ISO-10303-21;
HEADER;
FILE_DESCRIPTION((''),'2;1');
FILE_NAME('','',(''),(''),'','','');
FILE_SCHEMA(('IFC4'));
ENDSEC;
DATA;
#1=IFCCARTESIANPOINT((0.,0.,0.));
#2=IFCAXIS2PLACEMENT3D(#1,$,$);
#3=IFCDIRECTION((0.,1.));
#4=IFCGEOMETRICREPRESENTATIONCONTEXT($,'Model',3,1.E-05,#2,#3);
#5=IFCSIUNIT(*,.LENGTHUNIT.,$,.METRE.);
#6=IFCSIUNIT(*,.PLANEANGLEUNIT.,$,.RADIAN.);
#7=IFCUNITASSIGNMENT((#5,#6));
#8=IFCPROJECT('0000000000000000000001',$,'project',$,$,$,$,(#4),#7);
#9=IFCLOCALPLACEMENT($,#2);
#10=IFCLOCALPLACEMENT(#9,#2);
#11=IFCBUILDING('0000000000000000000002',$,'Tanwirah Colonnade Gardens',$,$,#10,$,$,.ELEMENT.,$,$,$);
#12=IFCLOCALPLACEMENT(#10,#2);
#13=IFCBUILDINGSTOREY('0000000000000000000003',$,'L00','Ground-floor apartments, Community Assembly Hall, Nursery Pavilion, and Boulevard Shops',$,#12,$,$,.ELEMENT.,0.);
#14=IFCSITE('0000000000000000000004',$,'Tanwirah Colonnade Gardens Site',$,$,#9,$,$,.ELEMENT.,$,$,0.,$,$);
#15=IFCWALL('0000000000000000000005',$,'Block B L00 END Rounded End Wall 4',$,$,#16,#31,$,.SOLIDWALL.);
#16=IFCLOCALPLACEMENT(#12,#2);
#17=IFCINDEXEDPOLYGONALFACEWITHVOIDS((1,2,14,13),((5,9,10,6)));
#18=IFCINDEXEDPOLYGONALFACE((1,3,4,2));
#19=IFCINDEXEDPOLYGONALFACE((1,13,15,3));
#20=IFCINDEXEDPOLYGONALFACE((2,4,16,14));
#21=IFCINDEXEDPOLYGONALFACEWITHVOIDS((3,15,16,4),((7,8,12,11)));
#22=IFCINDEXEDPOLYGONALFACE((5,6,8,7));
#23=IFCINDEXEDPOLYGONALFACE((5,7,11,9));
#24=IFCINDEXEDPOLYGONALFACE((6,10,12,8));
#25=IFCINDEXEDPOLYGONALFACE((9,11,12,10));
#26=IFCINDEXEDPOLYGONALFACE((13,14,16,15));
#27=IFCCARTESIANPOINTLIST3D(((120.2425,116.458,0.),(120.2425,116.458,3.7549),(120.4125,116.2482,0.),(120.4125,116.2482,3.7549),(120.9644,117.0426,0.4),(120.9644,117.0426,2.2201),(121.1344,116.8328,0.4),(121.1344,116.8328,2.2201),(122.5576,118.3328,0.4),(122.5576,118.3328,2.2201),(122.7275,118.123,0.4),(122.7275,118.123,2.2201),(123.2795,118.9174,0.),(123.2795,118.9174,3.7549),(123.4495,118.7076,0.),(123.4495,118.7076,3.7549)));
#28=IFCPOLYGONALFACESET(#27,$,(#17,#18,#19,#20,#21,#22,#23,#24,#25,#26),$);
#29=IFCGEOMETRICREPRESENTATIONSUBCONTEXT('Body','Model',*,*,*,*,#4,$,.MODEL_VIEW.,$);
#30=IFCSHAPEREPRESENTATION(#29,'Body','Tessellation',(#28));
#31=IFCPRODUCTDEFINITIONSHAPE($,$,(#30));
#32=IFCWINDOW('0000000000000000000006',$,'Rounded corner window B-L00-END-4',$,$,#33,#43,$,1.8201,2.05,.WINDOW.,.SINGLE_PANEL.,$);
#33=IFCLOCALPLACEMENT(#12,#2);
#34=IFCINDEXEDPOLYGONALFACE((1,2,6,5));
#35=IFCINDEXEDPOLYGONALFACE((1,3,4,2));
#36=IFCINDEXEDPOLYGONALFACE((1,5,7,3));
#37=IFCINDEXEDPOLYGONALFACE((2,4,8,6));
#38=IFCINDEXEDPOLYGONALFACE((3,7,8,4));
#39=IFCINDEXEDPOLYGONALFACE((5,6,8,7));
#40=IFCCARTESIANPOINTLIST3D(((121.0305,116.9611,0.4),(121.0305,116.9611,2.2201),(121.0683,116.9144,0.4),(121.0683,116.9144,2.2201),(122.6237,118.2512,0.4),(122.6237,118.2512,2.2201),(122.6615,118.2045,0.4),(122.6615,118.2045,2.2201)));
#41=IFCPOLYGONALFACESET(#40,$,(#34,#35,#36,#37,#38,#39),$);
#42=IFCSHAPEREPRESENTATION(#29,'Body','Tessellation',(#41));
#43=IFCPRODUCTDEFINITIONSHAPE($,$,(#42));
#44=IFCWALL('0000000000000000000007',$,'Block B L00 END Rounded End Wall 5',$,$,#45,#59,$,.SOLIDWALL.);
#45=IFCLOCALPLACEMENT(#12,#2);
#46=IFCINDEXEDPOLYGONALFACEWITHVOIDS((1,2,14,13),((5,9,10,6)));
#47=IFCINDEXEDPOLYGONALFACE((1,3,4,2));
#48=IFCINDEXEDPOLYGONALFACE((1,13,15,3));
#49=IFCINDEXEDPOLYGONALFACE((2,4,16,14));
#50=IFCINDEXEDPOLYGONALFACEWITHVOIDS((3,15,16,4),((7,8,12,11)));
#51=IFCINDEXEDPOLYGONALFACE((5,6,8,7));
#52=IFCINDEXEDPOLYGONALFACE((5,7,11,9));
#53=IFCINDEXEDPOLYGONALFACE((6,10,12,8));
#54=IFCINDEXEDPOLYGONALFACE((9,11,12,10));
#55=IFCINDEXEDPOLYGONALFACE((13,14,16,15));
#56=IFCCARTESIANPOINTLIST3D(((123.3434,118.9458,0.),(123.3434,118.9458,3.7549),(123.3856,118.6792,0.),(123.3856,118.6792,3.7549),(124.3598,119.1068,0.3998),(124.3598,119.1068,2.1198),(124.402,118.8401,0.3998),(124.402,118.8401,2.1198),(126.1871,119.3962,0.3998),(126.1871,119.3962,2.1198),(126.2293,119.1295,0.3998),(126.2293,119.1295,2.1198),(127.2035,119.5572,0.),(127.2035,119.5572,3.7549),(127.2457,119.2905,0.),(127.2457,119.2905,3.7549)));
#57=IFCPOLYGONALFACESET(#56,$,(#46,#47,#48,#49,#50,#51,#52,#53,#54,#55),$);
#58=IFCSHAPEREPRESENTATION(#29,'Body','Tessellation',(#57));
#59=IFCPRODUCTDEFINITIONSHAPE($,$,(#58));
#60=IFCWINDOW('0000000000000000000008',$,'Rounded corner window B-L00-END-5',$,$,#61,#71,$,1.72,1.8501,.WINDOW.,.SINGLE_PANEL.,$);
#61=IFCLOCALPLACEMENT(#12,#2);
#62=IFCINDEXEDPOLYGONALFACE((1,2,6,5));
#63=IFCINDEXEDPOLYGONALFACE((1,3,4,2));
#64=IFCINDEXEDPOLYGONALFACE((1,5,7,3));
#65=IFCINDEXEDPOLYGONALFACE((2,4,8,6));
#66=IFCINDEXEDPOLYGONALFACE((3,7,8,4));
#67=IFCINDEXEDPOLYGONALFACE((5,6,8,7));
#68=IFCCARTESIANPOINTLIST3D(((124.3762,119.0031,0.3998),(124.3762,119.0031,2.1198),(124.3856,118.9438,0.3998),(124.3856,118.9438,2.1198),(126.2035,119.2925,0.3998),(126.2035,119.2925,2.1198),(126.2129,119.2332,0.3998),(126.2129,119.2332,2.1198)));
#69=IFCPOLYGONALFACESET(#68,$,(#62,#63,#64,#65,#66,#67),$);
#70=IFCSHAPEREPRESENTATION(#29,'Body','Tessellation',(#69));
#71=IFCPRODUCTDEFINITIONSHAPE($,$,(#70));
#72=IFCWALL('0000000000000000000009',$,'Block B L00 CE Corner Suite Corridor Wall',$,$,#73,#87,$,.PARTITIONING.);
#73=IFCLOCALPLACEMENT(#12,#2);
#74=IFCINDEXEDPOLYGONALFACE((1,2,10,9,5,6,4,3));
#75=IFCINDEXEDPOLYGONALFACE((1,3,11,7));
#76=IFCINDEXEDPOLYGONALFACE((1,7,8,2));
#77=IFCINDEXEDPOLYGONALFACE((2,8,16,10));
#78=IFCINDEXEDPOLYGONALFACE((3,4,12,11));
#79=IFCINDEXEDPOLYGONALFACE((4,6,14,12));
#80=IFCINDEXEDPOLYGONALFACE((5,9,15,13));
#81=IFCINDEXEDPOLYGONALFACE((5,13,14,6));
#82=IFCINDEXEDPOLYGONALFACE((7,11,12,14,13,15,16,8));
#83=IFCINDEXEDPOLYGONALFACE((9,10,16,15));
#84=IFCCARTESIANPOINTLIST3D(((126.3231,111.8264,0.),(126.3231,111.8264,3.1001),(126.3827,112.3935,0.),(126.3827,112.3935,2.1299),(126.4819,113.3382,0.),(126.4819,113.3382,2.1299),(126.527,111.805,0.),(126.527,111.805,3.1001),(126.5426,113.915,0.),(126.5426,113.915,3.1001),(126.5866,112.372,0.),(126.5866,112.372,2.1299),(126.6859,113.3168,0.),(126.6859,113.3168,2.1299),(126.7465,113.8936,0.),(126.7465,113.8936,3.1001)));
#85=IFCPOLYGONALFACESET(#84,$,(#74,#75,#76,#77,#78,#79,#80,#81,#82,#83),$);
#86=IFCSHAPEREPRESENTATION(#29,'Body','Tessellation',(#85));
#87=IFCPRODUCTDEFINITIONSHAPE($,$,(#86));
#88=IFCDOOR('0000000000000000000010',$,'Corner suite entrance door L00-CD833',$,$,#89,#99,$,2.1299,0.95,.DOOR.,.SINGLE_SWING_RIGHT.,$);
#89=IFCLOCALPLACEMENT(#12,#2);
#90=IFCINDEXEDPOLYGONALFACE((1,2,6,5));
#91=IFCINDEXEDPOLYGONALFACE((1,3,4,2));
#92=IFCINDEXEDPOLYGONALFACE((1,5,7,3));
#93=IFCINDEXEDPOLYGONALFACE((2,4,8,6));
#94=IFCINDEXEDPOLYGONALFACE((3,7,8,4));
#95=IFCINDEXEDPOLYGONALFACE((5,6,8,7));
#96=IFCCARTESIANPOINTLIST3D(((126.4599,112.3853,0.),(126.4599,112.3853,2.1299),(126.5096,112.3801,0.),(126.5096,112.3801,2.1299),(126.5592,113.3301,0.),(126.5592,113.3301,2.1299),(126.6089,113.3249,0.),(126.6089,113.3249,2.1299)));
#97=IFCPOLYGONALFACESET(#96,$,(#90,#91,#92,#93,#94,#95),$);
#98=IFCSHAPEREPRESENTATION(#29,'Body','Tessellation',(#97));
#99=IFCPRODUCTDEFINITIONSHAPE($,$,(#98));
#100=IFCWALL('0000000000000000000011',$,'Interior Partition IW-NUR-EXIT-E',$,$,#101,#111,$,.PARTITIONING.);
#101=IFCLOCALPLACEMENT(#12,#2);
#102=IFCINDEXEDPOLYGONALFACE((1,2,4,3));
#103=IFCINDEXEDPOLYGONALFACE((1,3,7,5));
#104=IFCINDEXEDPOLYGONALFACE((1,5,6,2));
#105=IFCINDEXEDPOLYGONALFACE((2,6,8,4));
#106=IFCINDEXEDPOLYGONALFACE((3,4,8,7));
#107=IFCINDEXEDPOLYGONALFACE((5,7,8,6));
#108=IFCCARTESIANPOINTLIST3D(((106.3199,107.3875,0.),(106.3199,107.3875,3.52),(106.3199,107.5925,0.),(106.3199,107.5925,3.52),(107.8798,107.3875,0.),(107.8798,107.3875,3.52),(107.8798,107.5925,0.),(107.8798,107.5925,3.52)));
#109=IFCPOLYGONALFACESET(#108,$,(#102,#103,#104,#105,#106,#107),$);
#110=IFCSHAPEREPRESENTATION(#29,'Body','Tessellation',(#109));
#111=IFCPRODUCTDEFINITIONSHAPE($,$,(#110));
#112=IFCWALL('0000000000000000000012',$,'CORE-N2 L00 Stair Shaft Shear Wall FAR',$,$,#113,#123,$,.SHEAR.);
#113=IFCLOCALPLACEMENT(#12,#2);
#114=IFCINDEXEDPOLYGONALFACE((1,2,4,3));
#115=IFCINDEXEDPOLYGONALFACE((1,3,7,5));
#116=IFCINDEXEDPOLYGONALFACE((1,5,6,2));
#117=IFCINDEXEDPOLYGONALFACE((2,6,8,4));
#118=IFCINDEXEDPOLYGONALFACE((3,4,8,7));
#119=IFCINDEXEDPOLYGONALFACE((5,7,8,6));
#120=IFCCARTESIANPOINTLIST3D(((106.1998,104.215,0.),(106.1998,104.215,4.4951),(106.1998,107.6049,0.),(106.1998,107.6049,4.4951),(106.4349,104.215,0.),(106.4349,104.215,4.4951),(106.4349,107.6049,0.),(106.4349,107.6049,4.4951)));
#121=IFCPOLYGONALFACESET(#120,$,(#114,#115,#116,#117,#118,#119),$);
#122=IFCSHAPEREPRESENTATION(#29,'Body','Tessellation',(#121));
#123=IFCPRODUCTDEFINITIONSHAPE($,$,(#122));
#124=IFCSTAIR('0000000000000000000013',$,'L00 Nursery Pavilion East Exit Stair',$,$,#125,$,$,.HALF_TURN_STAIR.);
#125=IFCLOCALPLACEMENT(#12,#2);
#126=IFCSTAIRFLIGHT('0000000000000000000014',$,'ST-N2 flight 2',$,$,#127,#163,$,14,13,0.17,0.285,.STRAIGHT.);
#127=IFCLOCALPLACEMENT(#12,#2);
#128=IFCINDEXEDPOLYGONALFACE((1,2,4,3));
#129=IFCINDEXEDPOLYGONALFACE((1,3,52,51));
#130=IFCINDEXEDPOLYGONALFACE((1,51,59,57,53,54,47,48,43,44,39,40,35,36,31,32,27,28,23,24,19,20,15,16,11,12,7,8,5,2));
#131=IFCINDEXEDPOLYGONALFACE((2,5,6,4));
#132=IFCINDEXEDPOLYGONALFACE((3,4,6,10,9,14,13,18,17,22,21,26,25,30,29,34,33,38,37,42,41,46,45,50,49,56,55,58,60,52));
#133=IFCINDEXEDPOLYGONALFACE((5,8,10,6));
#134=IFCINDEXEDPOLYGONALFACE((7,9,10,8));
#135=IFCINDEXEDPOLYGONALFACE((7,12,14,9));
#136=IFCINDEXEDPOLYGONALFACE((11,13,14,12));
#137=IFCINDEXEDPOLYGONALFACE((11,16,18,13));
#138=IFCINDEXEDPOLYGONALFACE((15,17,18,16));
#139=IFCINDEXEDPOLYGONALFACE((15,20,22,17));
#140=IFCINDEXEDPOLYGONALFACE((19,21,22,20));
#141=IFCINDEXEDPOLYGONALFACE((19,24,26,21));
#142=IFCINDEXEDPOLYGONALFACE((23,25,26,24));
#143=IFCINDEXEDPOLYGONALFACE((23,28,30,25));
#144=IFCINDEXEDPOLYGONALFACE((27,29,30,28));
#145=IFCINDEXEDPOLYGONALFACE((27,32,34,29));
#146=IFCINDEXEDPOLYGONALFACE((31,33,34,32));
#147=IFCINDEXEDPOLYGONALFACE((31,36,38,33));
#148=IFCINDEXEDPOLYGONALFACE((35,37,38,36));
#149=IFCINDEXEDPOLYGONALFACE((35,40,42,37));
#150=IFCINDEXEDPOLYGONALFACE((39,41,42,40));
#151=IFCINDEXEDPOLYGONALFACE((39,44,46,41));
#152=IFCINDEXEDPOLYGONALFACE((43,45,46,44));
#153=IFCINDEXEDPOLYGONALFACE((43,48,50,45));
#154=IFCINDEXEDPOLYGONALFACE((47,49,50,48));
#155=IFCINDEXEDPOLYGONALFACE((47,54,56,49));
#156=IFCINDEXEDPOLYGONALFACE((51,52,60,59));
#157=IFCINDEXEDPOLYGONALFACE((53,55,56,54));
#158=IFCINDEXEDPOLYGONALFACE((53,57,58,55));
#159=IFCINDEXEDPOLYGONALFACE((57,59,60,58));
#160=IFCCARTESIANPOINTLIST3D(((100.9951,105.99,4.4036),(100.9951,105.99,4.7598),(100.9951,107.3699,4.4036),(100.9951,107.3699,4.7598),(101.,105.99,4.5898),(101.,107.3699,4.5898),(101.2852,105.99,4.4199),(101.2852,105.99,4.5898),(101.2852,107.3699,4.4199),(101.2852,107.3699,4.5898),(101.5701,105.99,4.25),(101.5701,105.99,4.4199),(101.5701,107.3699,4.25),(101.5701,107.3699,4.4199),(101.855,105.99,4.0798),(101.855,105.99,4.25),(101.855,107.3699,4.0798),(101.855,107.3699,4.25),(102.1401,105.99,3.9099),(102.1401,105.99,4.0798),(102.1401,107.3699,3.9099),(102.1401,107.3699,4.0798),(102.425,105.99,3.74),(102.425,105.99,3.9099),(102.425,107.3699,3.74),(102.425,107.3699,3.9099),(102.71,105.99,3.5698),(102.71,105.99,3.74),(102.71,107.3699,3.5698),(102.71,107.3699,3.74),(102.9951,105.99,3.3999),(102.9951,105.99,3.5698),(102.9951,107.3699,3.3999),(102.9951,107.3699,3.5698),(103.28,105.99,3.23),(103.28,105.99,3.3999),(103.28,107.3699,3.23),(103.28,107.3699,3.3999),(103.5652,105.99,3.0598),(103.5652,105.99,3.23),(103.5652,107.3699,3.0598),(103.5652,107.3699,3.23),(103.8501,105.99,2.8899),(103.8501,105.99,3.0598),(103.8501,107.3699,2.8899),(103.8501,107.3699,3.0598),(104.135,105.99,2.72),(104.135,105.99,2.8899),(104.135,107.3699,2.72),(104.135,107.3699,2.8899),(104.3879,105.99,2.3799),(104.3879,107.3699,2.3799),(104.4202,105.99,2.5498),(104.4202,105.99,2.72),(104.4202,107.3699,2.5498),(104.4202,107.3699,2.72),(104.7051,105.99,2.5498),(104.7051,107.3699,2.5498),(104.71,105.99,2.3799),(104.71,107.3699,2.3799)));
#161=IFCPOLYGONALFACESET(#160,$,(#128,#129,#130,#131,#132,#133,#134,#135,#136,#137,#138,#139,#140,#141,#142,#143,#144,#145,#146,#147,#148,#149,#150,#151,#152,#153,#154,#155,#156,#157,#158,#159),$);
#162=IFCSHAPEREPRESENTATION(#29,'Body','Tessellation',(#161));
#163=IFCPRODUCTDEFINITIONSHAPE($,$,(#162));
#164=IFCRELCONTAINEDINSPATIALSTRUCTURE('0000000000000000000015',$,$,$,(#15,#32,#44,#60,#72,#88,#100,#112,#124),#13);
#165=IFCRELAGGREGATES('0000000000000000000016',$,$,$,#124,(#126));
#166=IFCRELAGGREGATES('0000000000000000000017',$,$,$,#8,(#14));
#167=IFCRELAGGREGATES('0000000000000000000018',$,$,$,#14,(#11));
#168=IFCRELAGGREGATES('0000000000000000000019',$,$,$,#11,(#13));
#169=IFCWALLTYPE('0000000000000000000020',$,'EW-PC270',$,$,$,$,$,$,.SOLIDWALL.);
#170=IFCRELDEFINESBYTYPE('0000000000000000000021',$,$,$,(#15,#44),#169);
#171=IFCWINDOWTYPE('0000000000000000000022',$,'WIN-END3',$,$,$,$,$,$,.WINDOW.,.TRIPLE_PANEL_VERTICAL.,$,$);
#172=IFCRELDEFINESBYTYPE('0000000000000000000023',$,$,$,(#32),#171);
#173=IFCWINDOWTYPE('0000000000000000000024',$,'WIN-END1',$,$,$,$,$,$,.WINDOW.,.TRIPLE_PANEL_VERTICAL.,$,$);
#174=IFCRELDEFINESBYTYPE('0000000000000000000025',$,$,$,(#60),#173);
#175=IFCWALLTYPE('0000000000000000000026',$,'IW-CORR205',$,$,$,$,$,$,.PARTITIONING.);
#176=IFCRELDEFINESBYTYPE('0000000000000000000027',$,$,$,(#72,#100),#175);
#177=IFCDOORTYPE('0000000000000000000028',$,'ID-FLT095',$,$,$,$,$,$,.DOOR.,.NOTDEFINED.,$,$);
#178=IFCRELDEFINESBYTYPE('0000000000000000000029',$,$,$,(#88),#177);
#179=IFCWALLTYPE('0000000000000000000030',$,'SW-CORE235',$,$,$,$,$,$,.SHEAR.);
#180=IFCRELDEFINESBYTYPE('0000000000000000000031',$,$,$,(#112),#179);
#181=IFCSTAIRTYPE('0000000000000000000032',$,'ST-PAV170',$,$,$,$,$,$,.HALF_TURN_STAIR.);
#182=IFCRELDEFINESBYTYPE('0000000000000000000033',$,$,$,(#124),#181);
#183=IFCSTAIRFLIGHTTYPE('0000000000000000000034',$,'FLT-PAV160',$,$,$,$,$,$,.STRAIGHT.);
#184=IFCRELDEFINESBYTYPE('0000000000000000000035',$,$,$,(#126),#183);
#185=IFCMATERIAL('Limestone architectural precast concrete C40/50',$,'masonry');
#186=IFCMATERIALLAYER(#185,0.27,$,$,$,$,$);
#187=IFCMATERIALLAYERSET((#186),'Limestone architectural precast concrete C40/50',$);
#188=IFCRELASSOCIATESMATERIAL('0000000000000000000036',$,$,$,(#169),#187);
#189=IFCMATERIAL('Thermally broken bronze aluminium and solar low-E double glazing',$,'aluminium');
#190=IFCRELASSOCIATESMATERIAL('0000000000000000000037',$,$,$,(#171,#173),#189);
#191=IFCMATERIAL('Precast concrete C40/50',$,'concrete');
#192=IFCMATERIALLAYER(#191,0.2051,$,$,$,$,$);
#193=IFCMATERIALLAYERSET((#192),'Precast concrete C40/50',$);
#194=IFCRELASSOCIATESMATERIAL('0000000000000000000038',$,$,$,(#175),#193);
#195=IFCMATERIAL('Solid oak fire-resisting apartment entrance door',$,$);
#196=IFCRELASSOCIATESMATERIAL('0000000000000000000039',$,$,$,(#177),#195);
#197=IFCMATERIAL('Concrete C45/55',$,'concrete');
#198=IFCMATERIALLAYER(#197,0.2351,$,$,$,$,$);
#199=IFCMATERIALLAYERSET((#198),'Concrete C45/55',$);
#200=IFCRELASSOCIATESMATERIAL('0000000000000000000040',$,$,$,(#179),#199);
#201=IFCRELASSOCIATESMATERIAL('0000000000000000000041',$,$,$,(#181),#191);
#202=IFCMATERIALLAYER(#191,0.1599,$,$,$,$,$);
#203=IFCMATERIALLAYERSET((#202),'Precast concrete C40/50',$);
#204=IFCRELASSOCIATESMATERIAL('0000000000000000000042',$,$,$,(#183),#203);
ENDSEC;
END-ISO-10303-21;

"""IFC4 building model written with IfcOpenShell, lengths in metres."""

from ifc_helpers import new_model, si_unit, direction, frame, frame_2d, origin, place, context, subcontext, project, spatial, polyline, rectangle, outline, extrude, material, layer, layer_set, type_object, element, fill, aggregate, save


model = new_model("IFC4")

# Units and contexts
model_context = context("Model", 3, precision=1e-05, world=origin(), true_north=direction((0.0, 1.0)))
body_context = subcontext(model_context, "Body", "Model", "MODEL_VIEW")
ifc_project = project(units=[si_unit("LENGTHUNIT", "METRE"), si_unit("PLANEANGLEUNIT", "RADIAN")], contexts=[model_context])

# Site, building, storey
site_placement = place(None, origin())
site = spatial("IfcSite", under=ifc_project, at=site_placement, Name="Tanwirah Colonnade Gardens Site", CompositionType="ELEMENT", RefElevation=0.0)
building_placement = place(site_placement, origin())
building = spatial("IfcBuilding", under=site, at=building_placement, Name="Tanwirah Colonnade Gardens", CompositionType="ELEMENT")
storey_placement = place(building_placement, origin())
storey = spatial("IfcBuildingStorey", under=building, at=storey_placement, Name="L00", Description="Ground-floor apartments, Community Assembly Hall, Nursery Pavilion, and Boulevard Shops", CompositionType="ELEMENT", Elevation=0.0)

# Shared definitions
ifc_material_1 = material(Name="Precast concrete C40/50", Category="concrete")

# Walls, openings, windows
ifc_material_2 = material(Name="Limestone architectural precast concrete C40/50", Category="masonry")
ifc_layer_1 = layer(ifc_material_2, 0.27)
ifc_layer_set_1 = layer_set([ifc_layer_1], Name="Limestone architectural precast concrete C40/50")
wall_type_1 = type_object("IfcWallType", Name="EW-PC270", PredefinedType="SOLIDWALL", material=ifc_layer_set_1)
ifc_material_3 = material(Name="Thermally broken bronze aluminium and solar low-E double glazing", Category="aluminium")
window_type_1 = type_object("IfcWindowType", Name="WIN-END3", PartitioningType="TRIPLE_PANEL_VERTICAL", PredefinedType="WINDOW", material=ifc_material_3)
window_type_2 = type_object("IfcWindowType", Name="WIN-END1", PartitioningType="TRIPLE_PANEL_VERTICAL", PredefinedType="WINDOW", material=ifc_material_3)
wall_1_placement = place(storey_placement, frame((120.3274, 116.353, 0.0), z_axis=(0.0, 0.0, 1.0), x_axis=(0.777137, 0.629331, 0.0)))
wall_1 = element("IfcWall", 1, at=wall_1_placement, inside=storey, type_object=wall_type_1, Name="Block B L00 END Rounded End Wall 4", PredefinedType="SOLIDWALL", context=body_context, shape_type="SweptSolid", body=[
    extrude(rectangle(XDim=3.908, YDim=0.27, at=frame_2d((1.9541, 0.0))), origin(), (0.0, 0.0, 1.0), 3.7549),
])
opening_1_placement = place(wall_1_placement, frame((0.9292, 0.0, 0.3999)))
opening_1 = element("IfcOpeningElement", 2, at=opening_1_placement, cuts=wall_1, PredefinedType="OPENING", context=body_context, shape_type="SweptSolid", body=[
    extrude(rectangle(XDim=2.05, YDim=1.8201, at=frame_2d((1.0249, 0.9102))), frame((0.0, 0.145, 0.0), z_axis=(0.0, -1.0, 0.0), x_axis=(1.0, 0.0, 0.0)), (0.0, 0.0, 1.0), 0.29),
])
window_1_placement = place(opening_1_placement, origin())
window_1 = element("IfcWindow", 3, at=window_1_placement, inside=storey, type_object=window_type_1, Name="Rounded corner window B-L00-END-4", OverallHeight=1.8201, OverallWidth=2.05, PartitioningType="SINGLE_PANEL", PredefinedType="WINDOW", context=body_context, shape_type="SweptSolid", body=[
    extrude(rectangle(XDim=2.05, YDim=1.8201, at=frame_2d((1.0249, 0.9102))), frame((0.0, 0.03, 0.0), z_axis=(0.0, -1.0, 0.0), x_axis=(1.0, 0.0, 0.0)), (0.0, 0.0, 1.0), 0.0601),
])
fill(opening_1, window_1)
wall_2_placement = place(storey_placement, frame((123.3645, 118.8125, 0.0), z_axis=(0.0, 0.0, 1.0), x_axis=(0.98769, 0.156421, 0.0)))
wall_2 = element("IfcWall", 4, at=wall_2_placement, inside=storey, type_object=wall_type_1, Name="Block B L00 END Rounded End Wall 5", PredefinedType="SOLIDWALL", context=body_context, shape_type="SweptSolid", body=[
    extrude(rectangle(XDim=3.9082, YDim=0.27, at=frame_2d((1.9541, 0.0))), origin(), (0.0, 0.0, 1.0), 3.7549),
])
opening_2_placement = place(wall_2_placement, frame((1.0291, 0.0, 0.3999)))
opening_2 = element("IfcOpeningElement", 5, at=opening_2_placement, cuts=wall_2, PredefinedType="OPENING", context=body_context, shape_type="SweptSolid", body=[
    extrude(rectangle(XDim=1.8501, YDim=1.72, at=frame_2d((0.925, 0.8599))), frame((0.0, 0.145, 0.0), z_axis=(0.0, -1.0, 0.0), x_axis=(1.0, 0.0, 0.0)), (0.0, 0.0, 1.0), 0.29),
])
window_2_placement = place(opening_2_placement, origin())
window_2 = element("IfcWindow", 6, at=window_2_placement, inside=storey, type_object=window_type_2, Name="Rounded corner window B-L00-END-5", OverallHeight=1.72, OverallWidth=1.8501, PartitioningType="SINGLE_PANEL", PredefinedType="WINDOW", context=body_context, shape_type="SweptSolid", body=[
    extrude(rectangle(XDim=1.8501, YDim=1.72, at=frame_2d((0.925, 0.8599))), frame((0.0, 0.03, 0.0), z_axis=(0.0, -1.0, 0.0), x_axis=(1.0, 0.0, 0.0)), (0.0, 0.0, 1.0), 0.0601),
])
fill(opening_2, window_2)

# Wall, opening, door
ifc_layer_2 = layer(ifc_material_1, 0.2051)
ifc_layer_set_2 = layer_set([ifc_layer_2], Name="Precast concrete C40/50")
wall_type_2 = type_object("IfcWallType", Name="IW-CORR205", PredefinedType="PARTITIONING", material=ifc_layer_set_2)
wall_3_placement = place(storey_placement, frame((126.425, 111.8157, 0.0), z_axis=(0.0, 0.0, 1.0), x_axis=(0.104509, 0.994524, 0.0)))
wall_3 = element("IfcWall", 7, at=wall_3_placement, inside=storey, type_object=wall_type_2, Name="Block B L00 CE Corner Suite Corridor Wall", PredefinedType="PARTITIONING", context=body_context, shape_type="SweptSolid", body=[
    extrude(rectangle(XDim=2.1001, YDim=0.2051, at=frame_2d((1.05, 0.0))), origin(), (0.0, 0.0, 1.0), 3.1001),
])
opening_3_placement = place(wall_3_placement, frame((0.5701, 0.0, 0.0)))
opening_3 = element("IfcOpeningElement", 8, at=opening_3_placement, cuts=wall_3, PredefinedType="OPENING", context=body_context, shape_type="SweptSolid", body=[
    extrude(rectangle(XDim=0.95, YDim=2.1299, at=frame_2d((0.4751, 1.0649))), frame((0.0, 0.1125, 0.0), z_axis=(0.0, -1.0, 0.0), x_axis=(1.0, 0.0, 0.0)), (0.0, 0.0, 1.0), 0.2251),
])
ifc_material_4 = material(Name="Solid oak fire-resisting apartment entrance door")
door_type = type_object("IfcDoorType", Name="ID-FLT095", OperationType="NOTDEFINED", PredefinedType="DOOR", material=ifc_material_4)
door_placement = place(opening_3_placement, origin())
door = element("IfcDoor", 9, at=door_placement, inside=storey, type_object=door_type, Name="Corner suite entrance door L00-CD833", OperationType="SINGLE_SWING_RIGHT", OverallHeight=2.1299, OverallWidth=0.95, PredefinedType="DOOR", context=body_context, shape_type="SweptSolid", body=[
    extrude(rectangle(XDim=0.95, YDim=2.1299, at=frame_2d((0.4751, 1.0649))), frame((0.0, 0.0249, 0.0), z_axis=(0.0, -1.0, 0.0), x_axis=(1.0, 0.0, 0.0)), (0.0, 0.0, 1.0), 0.05),
])
fill(opening_3, door)

# Walls
wall_4_placement = place(storey_placement, frame((106.3201, 107.49, 0.0), z_axis=(0.0, 0.0, 1.0), x_axis=(1.0, 0.0, 0.0)))
element("IfcWall", 10, at=wall_4_placement, inside=storey, type_object=wall_type_2, Name="Interior Partition IW-NUR-EXIT-E", PredefinedType="PARTITIONING", context=body_context, shape_type="SweptSolid", body=[
    extrude(rectangle(XDim=1.5598, YDim=0.2051, at=frame_2d((0.7798, 0.0))), origin(), (0.0, 0.0, 1.0), 3.52),
])
ifc_material_5 = material(Name="Concrete C45/55", Category="concrete")
ifc_layer_3 = layer(ifc_material_5, 0.2351)
ifc_layer_set_3 = layer_set([ifc_layer_3], Name="Concrete C45/55")
wall_type_3 = type_object("IfcWallType", Name="SW-CORE235", PredefinedType="SHEAR", material=ifc_layer_set_3)
wall_5_placement = place(storey_placement, frame((106.3174, 104.2151, 0.0), z_axis=(0.0, 0.0, 1.0), x_axis=(0.0, 1.0, 0.0)))
element("IfcWall", 11, at=wall_5_placement, inside=storey, type_object=wall_type_3, Name="CORE-N2 L00 Stair Shaft Shear Wall FAR", PredefinedType="SHEAR", context=body_context, shape_type="SweptSolid", body=[
    extrude(rectangle(XDim=3.3899, YDim=0.2351, at=frame_2d((1.6948, 0.0))), origin(), (0.0, 0.0, 1.0), 4.4951),
])

# Stair, stair flight
stair_type = type_object("IfcStairType", Name="ST-PAV170", PredefinedType="HALF_TURN_STAIR", material=ifc_material_1)
stair_placement = place(storey_placement, origin())
stair = element("IfcStair", 12, at=stair_placement, inside=storey, type_object=stair_type, Name="L00 Nursery Pavilion East Exit Stair", PredefinedType="HALF_TURN_STAIR")
ifc_layer_4 = layer(ifc_material_1, 0.1599)
ifc_layer_set_4 = layer_set([ifc_layer_4], Name="Precast concrete C40/50")
stair_flight_type = type_object("IfcStairFlightType", Name="FLT-PAV160", PredefinedType="STRAIGHT", material=ifc_layer_set_4)
stair_flight_placement = place(storey_placement, frame((104.7051, 106.6799, 2.3799), z_axis=(0.0, 0.0, 1.0), x_axis=(-1.0, 0.0, 0.0)))
stair_flight = element("IfcStairFlight", 13, at=stair_flight_placement, type_object=stair_flight_type, Name="ST-N2 flight 2", NumberOfRisers=14, NumberOfTreads=13, PredefinedType="STRAIGHT", RiserHeight=0.17, TreadLength=0.285, context=body_context, shape_type="SweptSolid", body=[
    extrude(outline(polyline([(-0.0049, 0.0), (0.0, 0.1699), (0.2849, 0.1699), (0.2849, 0.3401), (0.5701, 0.3401), (0.5701, 0.51), (0.855, 0.51), (0.855, 0.6799), (1.1399, 0.6799), (1.1399, 0.8501), (1.425, 0.8501), (1.425, 1.02), (1.71, 1.02), (1.71, 1.1899), (1.9951, 1.1899), (1.9951, 1.3601), (2.28, 1.3601), (2.28, 1.53), (2.5649, 1.53), (2.5649, 1.7), (2.8501, 1.7), (2.8501, 1.8701), (3.135, 1.8701), (3.135, 2.04), (3.4199, 2.04), (3.4199, 2.21), (3.7051, 2.21), (3.71, 2.3799), (3.71, 2.0237), (0.3171, 0.0), (-0.0049, 0.0)])), frame((0.0, 0.6899, 0.0), z_axis=(0.0, -1.0, 0.0), x_axis=(1.0, 0.0, 0.0)), (0.0, 0.0, 1.0), 1.3799),
])
aggregate(stair, [stair_flight])

save(model, "model.ifc")
